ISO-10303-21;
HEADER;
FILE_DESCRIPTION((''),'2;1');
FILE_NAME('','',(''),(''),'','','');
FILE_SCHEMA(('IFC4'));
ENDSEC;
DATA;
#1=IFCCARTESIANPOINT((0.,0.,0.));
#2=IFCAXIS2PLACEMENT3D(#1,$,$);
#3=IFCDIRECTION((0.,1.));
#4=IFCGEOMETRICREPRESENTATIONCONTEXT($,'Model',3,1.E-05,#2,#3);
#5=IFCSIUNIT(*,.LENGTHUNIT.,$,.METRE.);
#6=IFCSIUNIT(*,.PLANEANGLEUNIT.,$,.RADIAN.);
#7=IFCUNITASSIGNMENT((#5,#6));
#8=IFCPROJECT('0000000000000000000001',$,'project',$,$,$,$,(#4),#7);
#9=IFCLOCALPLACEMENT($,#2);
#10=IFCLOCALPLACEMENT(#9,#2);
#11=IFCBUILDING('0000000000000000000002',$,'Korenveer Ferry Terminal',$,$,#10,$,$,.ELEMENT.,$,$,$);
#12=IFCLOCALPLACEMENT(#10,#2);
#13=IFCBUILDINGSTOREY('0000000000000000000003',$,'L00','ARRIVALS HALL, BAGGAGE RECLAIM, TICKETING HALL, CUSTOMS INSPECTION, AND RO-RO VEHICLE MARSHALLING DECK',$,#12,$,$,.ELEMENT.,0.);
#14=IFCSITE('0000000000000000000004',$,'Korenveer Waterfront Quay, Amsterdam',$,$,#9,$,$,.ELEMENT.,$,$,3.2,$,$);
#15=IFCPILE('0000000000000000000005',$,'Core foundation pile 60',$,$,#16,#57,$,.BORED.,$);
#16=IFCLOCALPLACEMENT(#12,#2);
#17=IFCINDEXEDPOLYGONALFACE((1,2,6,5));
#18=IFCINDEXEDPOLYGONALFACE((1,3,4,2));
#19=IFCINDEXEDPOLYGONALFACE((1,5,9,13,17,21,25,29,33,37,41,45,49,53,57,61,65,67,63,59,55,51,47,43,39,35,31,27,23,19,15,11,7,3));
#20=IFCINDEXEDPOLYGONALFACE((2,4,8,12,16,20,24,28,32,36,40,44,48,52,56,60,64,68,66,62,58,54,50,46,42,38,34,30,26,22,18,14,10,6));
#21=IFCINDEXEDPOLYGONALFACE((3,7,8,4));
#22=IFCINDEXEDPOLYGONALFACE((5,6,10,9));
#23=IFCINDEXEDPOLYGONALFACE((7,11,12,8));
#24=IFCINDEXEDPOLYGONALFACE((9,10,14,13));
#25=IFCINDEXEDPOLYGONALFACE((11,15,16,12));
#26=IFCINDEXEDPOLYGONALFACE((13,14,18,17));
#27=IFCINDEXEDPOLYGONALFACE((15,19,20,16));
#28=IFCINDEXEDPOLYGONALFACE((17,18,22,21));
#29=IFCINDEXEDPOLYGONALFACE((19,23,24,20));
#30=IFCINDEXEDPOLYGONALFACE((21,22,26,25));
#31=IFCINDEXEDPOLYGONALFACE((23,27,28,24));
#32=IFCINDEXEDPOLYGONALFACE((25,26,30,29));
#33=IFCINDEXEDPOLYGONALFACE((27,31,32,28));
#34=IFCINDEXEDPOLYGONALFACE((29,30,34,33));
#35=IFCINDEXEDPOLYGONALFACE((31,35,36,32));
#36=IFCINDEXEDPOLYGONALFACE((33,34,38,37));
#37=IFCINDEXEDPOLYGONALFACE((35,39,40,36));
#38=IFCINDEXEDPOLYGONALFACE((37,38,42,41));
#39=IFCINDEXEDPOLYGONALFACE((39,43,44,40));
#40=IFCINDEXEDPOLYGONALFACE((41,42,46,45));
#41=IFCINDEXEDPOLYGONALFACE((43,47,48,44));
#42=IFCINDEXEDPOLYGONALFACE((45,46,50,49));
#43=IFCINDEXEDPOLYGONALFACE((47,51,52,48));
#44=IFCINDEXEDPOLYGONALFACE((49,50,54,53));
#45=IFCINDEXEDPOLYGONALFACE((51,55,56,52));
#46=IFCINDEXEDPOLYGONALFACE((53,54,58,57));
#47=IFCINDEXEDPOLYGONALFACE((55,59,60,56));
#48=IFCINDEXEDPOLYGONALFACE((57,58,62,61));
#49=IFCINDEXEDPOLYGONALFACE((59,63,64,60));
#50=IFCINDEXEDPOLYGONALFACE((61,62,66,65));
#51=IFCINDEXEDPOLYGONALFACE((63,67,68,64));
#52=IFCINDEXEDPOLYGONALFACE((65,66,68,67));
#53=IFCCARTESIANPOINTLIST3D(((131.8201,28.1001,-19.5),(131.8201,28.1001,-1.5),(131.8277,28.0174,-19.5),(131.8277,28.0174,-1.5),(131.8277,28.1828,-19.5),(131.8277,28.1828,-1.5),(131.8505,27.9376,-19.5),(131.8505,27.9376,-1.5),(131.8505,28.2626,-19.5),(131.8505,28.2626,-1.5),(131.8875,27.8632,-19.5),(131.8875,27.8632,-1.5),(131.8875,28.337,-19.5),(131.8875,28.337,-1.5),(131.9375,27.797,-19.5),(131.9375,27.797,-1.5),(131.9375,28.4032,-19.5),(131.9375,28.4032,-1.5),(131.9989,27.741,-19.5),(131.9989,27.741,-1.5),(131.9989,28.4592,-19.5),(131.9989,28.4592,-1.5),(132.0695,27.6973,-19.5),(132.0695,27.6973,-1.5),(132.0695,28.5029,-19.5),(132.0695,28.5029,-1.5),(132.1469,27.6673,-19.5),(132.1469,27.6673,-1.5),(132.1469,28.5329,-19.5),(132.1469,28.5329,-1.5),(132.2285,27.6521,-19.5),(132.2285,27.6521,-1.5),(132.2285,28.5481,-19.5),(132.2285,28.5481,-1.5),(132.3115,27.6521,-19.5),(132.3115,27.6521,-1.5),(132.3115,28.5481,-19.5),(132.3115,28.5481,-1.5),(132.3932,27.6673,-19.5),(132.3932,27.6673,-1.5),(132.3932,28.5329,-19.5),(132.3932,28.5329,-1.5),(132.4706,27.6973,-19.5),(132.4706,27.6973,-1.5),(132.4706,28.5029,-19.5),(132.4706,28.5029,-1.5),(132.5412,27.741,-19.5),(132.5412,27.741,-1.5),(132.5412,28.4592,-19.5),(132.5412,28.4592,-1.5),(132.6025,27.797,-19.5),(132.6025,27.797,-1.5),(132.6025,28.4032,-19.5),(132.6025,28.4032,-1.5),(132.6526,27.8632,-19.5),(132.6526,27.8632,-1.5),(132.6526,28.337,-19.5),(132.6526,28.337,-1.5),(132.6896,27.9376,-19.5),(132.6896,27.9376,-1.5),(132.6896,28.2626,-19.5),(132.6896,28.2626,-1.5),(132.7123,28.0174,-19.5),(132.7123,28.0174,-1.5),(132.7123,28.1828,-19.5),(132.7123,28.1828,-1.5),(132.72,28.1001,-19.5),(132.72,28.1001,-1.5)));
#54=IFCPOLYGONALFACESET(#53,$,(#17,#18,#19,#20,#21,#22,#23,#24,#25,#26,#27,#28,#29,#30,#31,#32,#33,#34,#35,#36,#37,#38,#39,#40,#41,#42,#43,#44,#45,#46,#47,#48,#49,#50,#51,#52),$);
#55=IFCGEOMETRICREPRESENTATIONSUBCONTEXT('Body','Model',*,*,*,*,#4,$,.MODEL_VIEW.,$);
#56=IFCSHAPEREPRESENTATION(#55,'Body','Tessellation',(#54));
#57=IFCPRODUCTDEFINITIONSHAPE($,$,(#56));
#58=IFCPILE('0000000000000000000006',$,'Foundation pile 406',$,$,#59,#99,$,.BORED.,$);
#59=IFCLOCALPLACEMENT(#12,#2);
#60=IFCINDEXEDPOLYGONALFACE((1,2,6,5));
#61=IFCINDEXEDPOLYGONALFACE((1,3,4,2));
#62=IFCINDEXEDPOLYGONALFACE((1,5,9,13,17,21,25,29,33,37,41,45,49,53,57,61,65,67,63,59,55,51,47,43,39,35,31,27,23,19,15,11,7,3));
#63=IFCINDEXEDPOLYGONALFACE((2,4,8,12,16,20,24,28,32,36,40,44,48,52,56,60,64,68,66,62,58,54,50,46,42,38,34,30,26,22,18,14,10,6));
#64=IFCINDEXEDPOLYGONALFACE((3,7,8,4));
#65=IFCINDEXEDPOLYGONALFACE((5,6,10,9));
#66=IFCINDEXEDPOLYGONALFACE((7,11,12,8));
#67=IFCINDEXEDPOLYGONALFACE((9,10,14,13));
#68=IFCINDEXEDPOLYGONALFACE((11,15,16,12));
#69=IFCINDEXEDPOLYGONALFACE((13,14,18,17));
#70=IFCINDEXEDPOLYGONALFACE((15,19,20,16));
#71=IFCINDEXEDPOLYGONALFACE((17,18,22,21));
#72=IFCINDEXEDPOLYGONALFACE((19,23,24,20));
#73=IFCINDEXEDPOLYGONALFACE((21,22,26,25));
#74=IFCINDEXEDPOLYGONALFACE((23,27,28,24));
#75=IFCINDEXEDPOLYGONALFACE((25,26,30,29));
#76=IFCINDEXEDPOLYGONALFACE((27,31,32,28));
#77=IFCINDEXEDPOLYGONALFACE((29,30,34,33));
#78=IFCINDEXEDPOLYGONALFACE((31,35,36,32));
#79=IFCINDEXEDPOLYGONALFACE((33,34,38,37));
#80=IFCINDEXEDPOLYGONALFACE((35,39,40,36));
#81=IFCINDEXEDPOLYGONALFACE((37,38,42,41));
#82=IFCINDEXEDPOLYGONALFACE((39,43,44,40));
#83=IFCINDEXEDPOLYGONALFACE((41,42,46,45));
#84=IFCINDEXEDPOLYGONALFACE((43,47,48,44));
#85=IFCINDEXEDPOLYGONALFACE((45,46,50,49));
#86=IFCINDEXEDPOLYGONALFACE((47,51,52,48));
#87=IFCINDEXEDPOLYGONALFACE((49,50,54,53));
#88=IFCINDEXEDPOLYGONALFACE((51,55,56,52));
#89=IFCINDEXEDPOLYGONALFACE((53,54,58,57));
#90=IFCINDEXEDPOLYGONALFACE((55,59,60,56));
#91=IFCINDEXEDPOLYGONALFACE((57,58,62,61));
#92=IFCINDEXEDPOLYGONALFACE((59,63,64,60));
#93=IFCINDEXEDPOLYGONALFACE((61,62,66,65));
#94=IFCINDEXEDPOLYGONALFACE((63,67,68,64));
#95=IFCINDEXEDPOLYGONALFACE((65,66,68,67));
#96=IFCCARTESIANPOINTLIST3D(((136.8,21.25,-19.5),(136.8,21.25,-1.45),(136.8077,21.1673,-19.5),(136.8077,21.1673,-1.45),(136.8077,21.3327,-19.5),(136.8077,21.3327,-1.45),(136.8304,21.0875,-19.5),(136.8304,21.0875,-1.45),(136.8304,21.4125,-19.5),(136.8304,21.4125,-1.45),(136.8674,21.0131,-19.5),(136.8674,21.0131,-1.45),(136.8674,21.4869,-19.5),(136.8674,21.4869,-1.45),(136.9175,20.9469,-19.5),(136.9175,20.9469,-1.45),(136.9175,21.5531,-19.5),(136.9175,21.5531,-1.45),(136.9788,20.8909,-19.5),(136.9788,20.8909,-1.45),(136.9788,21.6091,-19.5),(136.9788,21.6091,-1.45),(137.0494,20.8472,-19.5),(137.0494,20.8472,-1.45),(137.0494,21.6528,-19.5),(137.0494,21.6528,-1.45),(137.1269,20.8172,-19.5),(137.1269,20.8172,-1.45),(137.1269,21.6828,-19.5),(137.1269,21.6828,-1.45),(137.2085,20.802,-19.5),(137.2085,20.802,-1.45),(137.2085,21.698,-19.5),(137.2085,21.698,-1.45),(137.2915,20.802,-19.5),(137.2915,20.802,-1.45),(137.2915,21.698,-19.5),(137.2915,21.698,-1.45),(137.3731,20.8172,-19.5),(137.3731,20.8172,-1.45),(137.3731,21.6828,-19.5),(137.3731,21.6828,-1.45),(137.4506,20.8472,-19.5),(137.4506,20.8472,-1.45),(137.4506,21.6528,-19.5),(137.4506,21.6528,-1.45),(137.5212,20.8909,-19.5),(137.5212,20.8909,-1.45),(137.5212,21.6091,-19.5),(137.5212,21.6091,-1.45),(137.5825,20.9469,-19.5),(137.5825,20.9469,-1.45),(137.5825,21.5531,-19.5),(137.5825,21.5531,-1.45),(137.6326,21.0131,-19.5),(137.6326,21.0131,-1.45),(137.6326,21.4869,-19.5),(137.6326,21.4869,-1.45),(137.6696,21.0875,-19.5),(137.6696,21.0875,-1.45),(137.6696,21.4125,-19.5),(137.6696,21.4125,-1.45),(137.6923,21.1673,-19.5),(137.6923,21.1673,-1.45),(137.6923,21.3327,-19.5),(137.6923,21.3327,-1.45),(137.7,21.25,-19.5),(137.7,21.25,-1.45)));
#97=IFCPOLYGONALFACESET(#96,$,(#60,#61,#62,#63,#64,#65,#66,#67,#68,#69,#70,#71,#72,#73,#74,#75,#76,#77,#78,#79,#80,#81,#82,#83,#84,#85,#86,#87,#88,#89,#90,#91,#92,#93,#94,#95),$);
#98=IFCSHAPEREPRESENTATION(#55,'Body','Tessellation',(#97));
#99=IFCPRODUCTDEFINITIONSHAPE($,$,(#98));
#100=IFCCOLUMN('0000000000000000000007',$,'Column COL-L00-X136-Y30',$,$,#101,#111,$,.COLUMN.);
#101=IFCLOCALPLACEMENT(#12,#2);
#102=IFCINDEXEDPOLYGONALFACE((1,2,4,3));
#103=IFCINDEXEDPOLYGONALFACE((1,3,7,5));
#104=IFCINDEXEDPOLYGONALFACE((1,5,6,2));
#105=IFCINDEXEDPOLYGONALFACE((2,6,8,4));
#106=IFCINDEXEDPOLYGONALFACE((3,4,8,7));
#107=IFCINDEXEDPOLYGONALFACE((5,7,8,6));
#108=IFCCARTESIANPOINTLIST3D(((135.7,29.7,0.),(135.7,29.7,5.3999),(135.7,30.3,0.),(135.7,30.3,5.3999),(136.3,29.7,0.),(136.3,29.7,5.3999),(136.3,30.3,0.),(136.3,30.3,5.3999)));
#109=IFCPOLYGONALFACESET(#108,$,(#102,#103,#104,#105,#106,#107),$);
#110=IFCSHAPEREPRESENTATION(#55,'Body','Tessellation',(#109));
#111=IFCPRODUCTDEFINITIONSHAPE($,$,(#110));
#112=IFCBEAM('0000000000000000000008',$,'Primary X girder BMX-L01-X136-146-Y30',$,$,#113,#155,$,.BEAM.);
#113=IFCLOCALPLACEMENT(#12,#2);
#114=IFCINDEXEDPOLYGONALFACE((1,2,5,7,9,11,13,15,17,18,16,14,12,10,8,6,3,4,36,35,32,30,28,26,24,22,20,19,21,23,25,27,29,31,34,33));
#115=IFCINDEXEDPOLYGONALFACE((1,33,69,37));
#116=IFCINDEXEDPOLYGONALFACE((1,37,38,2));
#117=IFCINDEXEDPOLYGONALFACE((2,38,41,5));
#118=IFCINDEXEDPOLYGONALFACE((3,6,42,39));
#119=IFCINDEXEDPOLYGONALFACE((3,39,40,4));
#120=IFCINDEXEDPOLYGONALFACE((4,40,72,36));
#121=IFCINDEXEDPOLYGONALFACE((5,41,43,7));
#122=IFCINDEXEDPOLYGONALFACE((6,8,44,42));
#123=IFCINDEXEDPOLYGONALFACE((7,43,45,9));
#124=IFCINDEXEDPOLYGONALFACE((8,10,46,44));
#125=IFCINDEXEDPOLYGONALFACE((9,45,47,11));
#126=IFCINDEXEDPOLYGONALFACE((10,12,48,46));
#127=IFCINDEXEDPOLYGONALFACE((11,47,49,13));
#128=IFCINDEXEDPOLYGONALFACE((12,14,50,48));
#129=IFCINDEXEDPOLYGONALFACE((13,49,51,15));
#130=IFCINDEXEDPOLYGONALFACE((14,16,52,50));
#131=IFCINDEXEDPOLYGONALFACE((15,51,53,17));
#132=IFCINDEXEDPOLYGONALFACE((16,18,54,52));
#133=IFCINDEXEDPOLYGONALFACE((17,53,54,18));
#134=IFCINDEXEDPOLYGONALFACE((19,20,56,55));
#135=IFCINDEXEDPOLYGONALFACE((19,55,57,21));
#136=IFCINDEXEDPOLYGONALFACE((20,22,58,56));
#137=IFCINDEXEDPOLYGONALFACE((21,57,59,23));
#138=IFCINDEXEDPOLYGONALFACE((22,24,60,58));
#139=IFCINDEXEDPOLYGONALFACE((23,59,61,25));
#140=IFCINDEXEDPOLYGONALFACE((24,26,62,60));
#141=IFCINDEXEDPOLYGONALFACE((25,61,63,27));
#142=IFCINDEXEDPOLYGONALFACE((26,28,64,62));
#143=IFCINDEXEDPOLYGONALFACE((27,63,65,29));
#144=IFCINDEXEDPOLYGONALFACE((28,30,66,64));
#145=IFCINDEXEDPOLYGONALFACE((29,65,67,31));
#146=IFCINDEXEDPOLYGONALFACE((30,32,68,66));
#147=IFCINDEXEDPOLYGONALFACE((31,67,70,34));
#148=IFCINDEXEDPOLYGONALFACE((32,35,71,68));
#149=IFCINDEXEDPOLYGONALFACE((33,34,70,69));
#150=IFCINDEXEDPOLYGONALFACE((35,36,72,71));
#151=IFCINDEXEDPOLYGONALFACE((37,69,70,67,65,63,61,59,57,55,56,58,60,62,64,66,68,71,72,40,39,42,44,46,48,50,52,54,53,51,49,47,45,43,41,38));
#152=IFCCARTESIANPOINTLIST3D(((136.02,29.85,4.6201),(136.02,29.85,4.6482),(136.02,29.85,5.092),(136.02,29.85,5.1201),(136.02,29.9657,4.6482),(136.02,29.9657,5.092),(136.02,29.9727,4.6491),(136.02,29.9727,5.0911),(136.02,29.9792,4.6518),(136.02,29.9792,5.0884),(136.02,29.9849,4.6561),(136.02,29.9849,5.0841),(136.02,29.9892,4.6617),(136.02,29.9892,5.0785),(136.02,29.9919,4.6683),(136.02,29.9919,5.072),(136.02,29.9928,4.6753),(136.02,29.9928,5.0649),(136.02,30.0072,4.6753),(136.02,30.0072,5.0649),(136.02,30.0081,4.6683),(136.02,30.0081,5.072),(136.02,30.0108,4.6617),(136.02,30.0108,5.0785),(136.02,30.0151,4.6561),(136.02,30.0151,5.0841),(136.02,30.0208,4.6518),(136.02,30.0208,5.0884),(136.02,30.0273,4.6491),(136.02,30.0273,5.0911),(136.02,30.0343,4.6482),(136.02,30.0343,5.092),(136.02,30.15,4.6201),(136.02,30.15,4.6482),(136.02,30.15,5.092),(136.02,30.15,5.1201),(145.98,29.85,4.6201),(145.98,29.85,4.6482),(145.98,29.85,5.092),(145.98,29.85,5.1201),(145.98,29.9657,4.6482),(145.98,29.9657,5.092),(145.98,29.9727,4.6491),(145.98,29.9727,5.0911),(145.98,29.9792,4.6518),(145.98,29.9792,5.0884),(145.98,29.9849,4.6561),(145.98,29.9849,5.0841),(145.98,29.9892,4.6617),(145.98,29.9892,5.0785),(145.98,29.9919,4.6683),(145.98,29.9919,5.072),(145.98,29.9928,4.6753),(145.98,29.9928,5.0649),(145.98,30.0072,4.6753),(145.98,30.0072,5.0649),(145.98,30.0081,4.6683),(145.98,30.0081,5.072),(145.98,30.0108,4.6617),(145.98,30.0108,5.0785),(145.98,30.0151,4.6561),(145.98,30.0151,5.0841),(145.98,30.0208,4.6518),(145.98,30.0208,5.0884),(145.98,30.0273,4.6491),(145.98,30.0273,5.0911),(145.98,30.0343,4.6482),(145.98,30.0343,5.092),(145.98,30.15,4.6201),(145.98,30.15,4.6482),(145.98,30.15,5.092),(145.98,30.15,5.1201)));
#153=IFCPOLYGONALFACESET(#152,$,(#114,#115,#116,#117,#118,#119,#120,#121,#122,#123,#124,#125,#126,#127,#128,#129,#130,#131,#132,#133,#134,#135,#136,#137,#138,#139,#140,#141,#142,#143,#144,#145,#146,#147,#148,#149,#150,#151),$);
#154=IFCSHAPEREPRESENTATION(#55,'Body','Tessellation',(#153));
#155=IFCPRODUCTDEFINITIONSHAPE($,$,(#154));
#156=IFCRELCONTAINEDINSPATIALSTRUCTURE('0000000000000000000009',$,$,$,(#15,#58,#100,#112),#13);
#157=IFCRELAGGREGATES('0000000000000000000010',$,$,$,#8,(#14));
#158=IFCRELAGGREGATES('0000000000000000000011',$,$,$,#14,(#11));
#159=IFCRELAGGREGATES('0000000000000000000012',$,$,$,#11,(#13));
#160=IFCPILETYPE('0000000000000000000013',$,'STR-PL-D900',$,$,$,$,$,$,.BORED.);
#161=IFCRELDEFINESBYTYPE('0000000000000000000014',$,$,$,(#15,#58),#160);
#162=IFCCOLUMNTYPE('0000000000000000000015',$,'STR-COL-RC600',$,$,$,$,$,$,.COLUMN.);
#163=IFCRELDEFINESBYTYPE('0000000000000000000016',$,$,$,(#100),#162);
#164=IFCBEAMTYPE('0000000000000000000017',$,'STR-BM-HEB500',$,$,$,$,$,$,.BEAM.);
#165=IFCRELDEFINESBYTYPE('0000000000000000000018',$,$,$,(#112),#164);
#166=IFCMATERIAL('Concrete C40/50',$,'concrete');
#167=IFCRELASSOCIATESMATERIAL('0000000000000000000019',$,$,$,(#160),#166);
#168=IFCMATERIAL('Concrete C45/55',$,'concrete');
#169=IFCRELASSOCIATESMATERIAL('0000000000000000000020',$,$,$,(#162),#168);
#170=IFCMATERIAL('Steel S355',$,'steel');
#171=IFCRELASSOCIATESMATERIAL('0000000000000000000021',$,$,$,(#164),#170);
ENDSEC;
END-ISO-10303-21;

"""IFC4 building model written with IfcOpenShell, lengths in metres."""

from ifc_helpers import new_model, si_unit, direction, frame, origin, origin_2d, place, context, subcontext, project, spatial, rectangle, circle, i_section, extrude, material, material_profile, profile_set, type_object, element, save


model = new_model("IFC4")

# Units and contexts
model_context = context("Model", 3, precision=1e-05, world=origin(), true_north=direction((0.0, 1.0)))
body_context = subcontext(model_context, "Body", "Model", "MODEL_VIEW")
ifc_project = project(units=[si_unit("LENGTHUNIT", "METRE"), si_unit("PLANEANGLEUNIT", "RADIAN")], contexts=[model_context])

# Site, building, storey
site_placement = place(None, origin())
site = spatial("IfcSite", under=ifc_project, at=site_placement, Name="Korenveer Waterfront Quay, Amsterdam", CompositionType="ELEMENT", RefElevation=3.2)
building_placement = place(site_placement, origin())
building = spatial("IfcBuilding", under=site, at=building_placement, Name="Korenveer Ferry Terminal", CompositionType="ELEMENT")
storey_placement = place(building_placement, origin())
storey = spatial("IfcBuildingStorey", under=building, at=storey_placement, Name="L00", Description="ARRIVALS HALL, BAGGAGE RECLAIM, TICKETING HALL, CUSTOMS INSPECTION, AND RO-RO VEHICLE MARSHALLING DECK", CompositionType="ELEMENT", Elevation=0.0)

# Shared definitions
ifc_material_1 = material(Name="Concrete C40/50", Category="concrete")
ifc_material_2 = material(Name="Concrete C45/55", Category="concrete")

# Piles
ifc_material_profile_1 = material_profile(ifc_material_1, circle(Radius=0.45, at=origin_2d()), Name="PILE D900")
ifc_profile_set_1 = profile_set([ifc_material_profile_1], Name="Concrete C40/50")
pile_type_1 = type_object("IfcPileType", Name="STR-PL-D900", PredefinedType="BORED", material=ifc_profile_set_1)
for number, where, z_axis, x_axis, name in (
    (1, (132.27, 28.1001, -1.5), (0.0, 0.0, -1.0), (1.0, 0.0, 0.0), "Core foundation pile 60"),
):
    element("IfcPile", number, at=place(storey_placement, frame(where, z_axis=z_axis, x_axis=x_axis)), inside=storey, type_object=pile_type_1, Name=name, PredefinedType="BORED", context=body_context, shape_type="SweptSolid", body=[
        extrude(circle(Radius=0.45, at=origin_2d()), origin(), (0.0, 0.0, 1.0), 18.0),
    ])
pile_placement = place(storey_placement, frame((137.25, 21.25, -1.45), z_axis=(0.0, 0.0, -1.0), x_axis=(1.0, 0.0, 0.0)))
element("IfcPile", 2, at=pile_placement, inside=storey, type_object=pile_type_1, Name="Foundation pile 406", PredefinedType="BORED", context=body_context, shape_type="SweptSolid", body=[
    extrude(circle(Radius=0.45, at=origin_2d()), origin(), (0.0, 0.0, 1.0), 18.05),
])

# Column
ifc_material_profile_2 = material_profile(ifc_material_2, rectangle(XDim=0.6001, YDim=0.6001, at=origin_2d()), Name="RC 600x600")
ifc_profile_set_2 = profile_set([ifc_material_profile_2], Name="Concrete C45/55")
column_type = type_object("IfcColumnType", Name="STR-COL-RC600", PredefinedType="COLUMN", material=ifc_profile_set_2)
column_placement = place(storey_placement, frame((136.0, 30.0, 0.0), z_axis=(0.0, 0.0, 1.0), x_axis=(1.0, 0.0, 0.0)))
element("IfcColumn", 3, at=column_placement, inside=storey, type_object=column_type, Name="Column COL-L00-X136-Y30", PredefinedType="COLUMN", context=body_context, shape_type="SweptSolid", body=[
    extrude(rectangle(XDim=0.6001, YDim=0.6001, at=origin_2d()), origin(), (0.0, 0.0, 1.0), 5.3999),
])

# Beam
ifc_material_3 = material(Name="Steel S355", Category="steel")
ifc_material_profile_3 = material_profile(ifc_material_3, i_section(OverallWidth=0.3, OverallDepth=0.5, WebThickness=0.0144, FlangeThickness=0.0281, FilletRadius=0.0271, at=origin_2d()), Name="HEB 500")
ifc_profile_set_3 = profile_set([ifc_material_profile_3], Name="Steel S355")
beam_type_1 = type_object("IfcBeamType", Name="STR-BM-HEB500", PredefinedType="BEAM", material=ifc_profile_set_3)
beam_1_placement = place(storey_placement, frame((136.02, 30.0, 4.8701), z_axis=(1.0, 0.0, 0.0), x_axis=(0.0, 1.0, 0.0)))
element("IfcBeam", 4, at=beam_1_placement, inside=storey, type_object=beam_type_1, Name="Primary X girder BMX-L01-X136-146-Y30", PredefinedType="BEAM", context=body_context, shape_type="SweptSolid", body=[
    extrude(i_section(OverallWidth=0.3, OverallDepth=0.5, WebThickness=0.0144, FlangeThickness=0.0281, FilletRadius=0.0271, at=origin_2d()), origin(), (0.0, 0.0, 1.0), 9.96),
])

save(model, "model.ifc")
